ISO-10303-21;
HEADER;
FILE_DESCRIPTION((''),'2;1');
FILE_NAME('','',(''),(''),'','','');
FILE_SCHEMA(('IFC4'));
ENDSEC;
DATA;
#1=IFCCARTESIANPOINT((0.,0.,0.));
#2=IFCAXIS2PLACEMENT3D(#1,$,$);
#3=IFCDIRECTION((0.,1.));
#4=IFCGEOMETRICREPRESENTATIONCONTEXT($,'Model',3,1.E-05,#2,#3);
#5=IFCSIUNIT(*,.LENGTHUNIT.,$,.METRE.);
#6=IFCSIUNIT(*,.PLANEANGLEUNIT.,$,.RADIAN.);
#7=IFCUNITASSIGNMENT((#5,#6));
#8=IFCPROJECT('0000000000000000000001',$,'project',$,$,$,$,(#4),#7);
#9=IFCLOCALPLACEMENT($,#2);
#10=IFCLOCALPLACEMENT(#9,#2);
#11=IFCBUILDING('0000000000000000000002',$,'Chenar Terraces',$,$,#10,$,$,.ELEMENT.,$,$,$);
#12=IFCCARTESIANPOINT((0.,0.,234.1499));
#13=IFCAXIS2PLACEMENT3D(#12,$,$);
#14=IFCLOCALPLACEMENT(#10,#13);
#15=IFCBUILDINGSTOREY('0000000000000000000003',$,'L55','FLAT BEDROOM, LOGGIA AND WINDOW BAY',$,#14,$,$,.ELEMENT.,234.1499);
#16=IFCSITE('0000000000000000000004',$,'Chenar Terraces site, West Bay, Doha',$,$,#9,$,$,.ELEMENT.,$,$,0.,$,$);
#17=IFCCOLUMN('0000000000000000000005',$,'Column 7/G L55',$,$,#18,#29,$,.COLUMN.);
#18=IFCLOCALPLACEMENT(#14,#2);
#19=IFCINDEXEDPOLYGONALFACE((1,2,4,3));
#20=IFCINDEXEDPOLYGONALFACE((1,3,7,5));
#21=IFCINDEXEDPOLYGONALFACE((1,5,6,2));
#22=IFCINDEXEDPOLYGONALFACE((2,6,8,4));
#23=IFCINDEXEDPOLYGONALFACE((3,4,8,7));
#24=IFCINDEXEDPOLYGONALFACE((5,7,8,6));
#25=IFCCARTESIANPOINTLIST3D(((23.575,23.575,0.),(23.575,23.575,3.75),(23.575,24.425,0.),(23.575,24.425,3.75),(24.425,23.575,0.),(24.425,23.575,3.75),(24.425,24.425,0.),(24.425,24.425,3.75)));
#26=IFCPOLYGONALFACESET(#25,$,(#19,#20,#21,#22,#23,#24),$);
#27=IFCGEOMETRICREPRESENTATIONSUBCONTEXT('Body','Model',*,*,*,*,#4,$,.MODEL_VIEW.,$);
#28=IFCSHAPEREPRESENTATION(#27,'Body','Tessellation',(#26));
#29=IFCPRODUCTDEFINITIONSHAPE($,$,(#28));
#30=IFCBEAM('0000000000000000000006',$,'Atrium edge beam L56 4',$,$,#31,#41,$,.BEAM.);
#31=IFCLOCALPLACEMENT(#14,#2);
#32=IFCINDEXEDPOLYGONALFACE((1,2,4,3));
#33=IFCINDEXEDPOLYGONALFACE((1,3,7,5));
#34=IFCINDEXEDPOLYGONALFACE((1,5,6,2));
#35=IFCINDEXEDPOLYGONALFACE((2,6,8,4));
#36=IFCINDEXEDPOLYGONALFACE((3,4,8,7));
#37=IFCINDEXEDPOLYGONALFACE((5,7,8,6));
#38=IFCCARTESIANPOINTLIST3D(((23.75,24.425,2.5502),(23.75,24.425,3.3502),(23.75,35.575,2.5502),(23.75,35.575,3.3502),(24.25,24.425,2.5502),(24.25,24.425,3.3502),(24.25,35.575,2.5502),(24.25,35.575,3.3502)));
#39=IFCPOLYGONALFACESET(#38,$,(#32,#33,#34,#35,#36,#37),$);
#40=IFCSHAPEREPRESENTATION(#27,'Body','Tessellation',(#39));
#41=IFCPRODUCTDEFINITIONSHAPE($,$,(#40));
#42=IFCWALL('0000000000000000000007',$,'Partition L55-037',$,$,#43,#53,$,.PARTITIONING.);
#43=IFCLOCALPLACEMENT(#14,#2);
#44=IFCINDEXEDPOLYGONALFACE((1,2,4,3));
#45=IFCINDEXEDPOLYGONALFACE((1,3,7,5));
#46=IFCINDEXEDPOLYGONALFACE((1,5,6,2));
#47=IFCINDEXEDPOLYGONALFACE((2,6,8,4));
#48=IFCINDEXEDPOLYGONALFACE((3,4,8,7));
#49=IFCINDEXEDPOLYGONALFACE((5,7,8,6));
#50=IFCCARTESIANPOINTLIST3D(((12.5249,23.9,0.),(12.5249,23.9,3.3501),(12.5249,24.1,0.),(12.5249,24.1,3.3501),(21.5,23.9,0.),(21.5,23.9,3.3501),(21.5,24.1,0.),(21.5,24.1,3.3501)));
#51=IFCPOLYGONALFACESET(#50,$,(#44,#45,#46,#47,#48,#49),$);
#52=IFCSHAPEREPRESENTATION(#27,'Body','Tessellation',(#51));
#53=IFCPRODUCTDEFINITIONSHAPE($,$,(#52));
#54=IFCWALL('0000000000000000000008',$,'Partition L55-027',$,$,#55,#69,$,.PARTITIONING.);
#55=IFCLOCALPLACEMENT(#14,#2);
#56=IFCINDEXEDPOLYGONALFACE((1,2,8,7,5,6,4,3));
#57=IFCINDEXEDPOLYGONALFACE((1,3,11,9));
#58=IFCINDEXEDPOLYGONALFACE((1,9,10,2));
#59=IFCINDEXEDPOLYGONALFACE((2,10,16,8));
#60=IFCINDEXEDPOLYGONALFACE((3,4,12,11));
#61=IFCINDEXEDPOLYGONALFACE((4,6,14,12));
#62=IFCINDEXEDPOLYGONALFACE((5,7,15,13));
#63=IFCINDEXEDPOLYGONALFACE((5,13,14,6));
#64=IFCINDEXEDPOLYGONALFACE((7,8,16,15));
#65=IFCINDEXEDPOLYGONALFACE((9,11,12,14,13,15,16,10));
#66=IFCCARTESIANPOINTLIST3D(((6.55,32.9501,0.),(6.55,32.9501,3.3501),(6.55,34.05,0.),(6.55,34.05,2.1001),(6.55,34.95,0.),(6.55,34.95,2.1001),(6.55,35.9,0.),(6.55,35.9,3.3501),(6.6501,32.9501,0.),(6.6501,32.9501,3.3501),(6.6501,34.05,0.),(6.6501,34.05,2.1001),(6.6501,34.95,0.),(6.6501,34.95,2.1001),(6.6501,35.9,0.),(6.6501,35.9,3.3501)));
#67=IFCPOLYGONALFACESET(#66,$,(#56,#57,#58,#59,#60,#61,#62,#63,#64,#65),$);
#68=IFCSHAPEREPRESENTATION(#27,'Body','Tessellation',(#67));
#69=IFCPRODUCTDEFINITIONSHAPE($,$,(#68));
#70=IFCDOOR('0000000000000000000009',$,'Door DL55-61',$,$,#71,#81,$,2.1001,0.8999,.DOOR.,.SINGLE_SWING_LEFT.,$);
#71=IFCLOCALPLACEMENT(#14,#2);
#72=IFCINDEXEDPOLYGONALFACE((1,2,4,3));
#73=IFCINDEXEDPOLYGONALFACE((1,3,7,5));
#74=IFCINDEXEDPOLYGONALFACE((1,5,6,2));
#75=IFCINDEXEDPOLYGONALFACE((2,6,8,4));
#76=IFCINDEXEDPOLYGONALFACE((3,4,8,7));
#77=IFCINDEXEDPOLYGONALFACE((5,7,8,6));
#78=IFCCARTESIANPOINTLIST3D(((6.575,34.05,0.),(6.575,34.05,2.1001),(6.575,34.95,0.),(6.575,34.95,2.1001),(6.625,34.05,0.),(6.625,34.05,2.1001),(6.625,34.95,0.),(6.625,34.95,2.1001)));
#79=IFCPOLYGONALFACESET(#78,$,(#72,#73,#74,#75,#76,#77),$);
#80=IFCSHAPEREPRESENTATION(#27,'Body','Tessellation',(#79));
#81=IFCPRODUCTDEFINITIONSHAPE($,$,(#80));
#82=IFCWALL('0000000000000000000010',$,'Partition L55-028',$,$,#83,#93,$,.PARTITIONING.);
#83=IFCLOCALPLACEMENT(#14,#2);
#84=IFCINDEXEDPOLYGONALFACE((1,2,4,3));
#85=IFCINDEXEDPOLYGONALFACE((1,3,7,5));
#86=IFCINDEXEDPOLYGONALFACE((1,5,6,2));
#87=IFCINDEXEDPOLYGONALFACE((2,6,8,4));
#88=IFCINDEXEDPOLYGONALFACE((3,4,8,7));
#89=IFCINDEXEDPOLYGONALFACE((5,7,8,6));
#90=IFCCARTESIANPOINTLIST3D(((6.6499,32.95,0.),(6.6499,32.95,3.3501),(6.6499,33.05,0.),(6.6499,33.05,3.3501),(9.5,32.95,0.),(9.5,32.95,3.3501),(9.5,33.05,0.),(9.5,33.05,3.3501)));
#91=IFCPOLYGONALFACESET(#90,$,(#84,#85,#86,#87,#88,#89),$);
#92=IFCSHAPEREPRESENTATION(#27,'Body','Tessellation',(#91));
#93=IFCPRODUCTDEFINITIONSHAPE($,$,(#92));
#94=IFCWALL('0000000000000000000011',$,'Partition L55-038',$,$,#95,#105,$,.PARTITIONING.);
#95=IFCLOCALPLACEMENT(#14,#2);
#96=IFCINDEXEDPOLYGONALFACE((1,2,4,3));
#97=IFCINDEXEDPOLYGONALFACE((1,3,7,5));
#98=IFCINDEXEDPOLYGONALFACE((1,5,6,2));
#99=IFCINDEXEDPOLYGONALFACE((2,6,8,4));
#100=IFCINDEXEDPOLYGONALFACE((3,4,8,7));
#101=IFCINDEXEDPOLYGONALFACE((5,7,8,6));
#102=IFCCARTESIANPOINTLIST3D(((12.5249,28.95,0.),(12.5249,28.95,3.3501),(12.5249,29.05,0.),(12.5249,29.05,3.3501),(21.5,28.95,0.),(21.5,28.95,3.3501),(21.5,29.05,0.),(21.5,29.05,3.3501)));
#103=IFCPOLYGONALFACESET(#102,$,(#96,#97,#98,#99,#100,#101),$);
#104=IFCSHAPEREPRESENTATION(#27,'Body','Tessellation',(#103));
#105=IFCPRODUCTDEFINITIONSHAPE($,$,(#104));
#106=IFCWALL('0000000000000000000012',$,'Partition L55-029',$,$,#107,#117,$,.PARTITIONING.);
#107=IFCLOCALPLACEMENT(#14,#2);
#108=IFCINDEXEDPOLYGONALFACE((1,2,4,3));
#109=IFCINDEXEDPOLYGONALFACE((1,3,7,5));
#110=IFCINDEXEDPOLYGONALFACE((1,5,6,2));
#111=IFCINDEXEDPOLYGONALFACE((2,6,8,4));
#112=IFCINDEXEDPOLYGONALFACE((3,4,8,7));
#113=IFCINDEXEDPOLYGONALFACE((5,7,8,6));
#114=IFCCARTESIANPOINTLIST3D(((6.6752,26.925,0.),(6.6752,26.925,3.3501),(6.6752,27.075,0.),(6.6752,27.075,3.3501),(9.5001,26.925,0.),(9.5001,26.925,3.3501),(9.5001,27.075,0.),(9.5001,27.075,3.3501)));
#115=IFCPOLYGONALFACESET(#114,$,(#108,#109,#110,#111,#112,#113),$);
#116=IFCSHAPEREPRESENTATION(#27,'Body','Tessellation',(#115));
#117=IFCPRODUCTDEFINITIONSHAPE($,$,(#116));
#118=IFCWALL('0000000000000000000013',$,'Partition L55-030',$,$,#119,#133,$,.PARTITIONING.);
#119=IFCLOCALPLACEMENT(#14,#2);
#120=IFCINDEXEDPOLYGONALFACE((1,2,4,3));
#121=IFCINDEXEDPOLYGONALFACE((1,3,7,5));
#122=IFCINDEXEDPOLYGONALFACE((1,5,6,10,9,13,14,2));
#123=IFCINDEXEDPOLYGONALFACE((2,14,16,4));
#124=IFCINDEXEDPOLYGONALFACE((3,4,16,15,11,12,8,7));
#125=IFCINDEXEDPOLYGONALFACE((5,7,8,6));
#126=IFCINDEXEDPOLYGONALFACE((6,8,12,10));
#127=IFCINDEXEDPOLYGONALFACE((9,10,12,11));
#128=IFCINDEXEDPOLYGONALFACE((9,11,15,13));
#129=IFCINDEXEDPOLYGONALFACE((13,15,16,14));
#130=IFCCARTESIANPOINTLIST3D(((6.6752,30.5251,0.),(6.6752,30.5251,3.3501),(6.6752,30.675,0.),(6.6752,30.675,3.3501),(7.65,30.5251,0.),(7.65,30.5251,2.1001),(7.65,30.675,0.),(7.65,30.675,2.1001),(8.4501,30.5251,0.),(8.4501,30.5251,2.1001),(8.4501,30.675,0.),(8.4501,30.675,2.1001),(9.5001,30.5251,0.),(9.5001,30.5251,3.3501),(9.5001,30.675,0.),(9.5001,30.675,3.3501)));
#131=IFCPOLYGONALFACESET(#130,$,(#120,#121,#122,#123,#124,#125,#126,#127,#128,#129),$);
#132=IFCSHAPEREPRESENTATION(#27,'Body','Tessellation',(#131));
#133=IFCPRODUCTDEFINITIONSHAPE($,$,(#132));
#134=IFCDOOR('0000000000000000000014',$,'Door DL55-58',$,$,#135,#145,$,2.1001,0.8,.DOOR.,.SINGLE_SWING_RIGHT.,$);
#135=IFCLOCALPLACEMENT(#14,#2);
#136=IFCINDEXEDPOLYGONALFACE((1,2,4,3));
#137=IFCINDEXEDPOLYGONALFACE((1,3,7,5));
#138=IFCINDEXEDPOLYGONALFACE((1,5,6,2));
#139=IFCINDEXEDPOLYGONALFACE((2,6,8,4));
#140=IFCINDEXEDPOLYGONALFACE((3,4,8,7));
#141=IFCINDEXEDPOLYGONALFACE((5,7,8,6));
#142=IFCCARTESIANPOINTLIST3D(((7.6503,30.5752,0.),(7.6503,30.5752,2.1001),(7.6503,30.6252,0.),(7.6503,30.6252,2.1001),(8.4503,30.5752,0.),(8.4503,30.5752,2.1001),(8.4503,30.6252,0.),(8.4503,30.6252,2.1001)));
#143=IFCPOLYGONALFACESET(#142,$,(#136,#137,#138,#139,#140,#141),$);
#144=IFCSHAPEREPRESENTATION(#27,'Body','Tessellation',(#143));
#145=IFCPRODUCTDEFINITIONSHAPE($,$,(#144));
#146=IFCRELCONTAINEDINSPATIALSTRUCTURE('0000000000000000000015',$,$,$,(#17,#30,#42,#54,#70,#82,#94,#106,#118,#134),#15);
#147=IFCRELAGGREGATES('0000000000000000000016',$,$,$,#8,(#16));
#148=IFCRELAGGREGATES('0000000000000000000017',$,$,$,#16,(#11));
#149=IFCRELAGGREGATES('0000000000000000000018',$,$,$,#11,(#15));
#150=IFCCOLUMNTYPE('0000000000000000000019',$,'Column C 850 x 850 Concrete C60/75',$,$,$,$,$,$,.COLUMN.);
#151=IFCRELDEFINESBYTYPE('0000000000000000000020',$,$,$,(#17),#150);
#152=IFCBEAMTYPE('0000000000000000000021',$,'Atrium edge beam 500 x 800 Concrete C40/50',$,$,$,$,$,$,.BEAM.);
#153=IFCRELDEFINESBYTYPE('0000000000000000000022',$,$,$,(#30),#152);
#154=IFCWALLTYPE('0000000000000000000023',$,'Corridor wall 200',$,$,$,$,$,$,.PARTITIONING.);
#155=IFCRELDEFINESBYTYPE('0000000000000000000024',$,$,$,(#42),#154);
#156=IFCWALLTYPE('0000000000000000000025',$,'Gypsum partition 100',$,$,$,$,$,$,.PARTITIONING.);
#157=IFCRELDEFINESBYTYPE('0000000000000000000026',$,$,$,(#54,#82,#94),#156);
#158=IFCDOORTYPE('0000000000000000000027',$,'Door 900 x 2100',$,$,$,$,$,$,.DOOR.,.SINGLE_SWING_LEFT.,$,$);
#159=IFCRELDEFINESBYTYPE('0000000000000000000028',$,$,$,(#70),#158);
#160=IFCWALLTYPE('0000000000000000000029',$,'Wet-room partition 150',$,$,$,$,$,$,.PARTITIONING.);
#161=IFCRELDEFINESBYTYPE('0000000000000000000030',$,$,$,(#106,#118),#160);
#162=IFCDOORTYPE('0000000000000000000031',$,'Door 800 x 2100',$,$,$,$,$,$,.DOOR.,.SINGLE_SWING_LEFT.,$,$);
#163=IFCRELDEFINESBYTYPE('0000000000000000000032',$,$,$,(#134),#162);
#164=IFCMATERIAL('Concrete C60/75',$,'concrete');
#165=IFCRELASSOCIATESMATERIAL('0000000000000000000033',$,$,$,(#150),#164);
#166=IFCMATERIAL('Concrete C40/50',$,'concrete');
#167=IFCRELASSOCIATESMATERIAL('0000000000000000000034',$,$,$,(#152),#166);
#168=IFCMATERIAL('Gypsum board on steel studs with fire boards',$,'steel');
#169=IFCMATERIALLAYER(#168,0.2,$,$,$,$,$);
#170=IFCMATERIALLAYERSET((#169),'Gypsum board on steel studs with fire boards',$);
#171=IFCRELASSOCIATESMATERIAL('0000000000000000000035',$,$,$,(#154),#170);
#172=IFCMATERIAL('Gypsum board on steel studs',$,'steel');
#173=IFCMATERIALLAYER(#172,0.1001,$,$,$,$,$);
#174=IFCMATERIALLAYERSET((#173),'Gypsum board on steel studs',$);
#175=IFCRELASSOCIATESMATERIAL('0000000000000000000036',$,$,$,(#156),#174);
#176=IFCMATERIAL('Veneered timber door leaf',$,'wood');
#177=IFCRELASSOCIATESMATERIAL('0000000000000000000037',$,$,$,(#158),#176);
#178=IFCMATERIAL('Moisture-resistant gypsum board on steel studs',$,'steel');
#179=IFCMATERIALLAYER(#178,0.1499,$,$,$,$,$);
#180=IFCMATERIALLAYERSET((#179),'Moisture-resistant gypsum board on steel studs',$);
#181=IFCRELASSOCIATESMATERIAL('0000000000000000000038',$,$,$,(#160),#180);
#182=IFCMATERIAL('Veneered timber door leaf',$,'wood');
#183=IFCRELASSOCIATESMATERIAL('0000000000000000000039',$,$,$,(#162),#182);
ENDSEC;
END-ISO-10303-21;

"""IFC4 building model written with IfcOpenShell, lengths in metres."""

from ifc_helpers import new_model, si_unit, direction, frame, frame_2d, origin, origin_2d, place, context, subcontext, project, spatial, rectangle, extrude, material, layer, layer_set, material_profile, profile_set, type_object, element, fill, save


model = new_model("IFC4")

# Units and contexts
model_context = context("Model", 3, precision=1e-05, world=origin(), true_north=direction((0.0, 1.0)))
body_context = subcontext(model_context, "Body", "Model", "MODEL_VIEW")
ifc_project = project(units=[si_unit("LENGTHUNIT", "METRE"), si_unit("PLANEANGLEUNIT", "RADIAN")], contexts=[model_context])

# Site, building, storey
site_placement = place(None, origin())
site = spatial("IfcSite", under=ifc_project, at=site_placement, Name="Chenar Terraces site, West Bay, Doha", CompositionType="ELEMENT", RefElevation=0.0)
building_placement = place(site_placement, origin())
building = spatial("IfcBuilding", under=site, at=building_placement, Name="Chenar Terraces", CompositionType="ELEMENT")
storey_placement = place(building_placement, frame((0.0, 0.0, 234.1499)))
storey = spatial("IfcBuildingStorey", under=building, at=storey_placement, Name="L55", Description="FLAT BEDROOM, LOGGIA AND WINDOW BAY", CompositionType="ELEMENT", Elevation=234.1499)

# Column
ifc_material_1 = material(Name="Concrete C60/75", Category="concrete")
ifc_material_profile_1 = material_profile(ifc_material_1, rectangle(XDim=0.8501, YDim=0.8501, at=origin_2d()), Name="C 850 x 850")
ifc_profile_set_1 = profile_set([ifc_material_profile_1], Name="Concrete C60/75")
column_type = type_object("IfcColumnType", Name="Column C 850 x 850 Concrete C60/75", PredefinedType="COLUMN", material=ifc_profile_set_1)
column_placement = place(storey_placement, frame((24.0, 24.0, 0.0), z_axis=(0.0, 0.0, 1.0), x_axis=(1.0, 0.0, 0.0)))
element("IfcColumn", 1, at=column_placement, inside=storey, type_object=column_type, Name="Column 7/G L55", PredefinedType="COLUMN", context=body_context, shape_type="SweptSolid", body=[
    extrude(rectangle(XDim=0.8501, YDim=0.8501, at=origin_2d()), origin(), (0.0, 0.0, 1.0), 3.75),
])

# Beam
ifc_material_2 = material(Name="Concrete C40/50", Category="concrete")
ifc_material_profile_2 = material_profile(ifc_material_2, rectangle(XDim=0.5, YDim=0.8, at=origin_2d()), Name="RC 500 x 800")
ifc_profile_set_2 = profile_set([ifc_material_profile_2], Name="Concrete C40/50")
beam_type = type_object("IfcBeamType", Name="Atrium edge beam 500 x 800 Concrete C40/50", PredefinedType="BEAM", material=ifc_profile_set_2)
beam_placement = place(storey_placement, frame((24.0, 35.575, 2.9502), z_axis=(0.0, -1.0, 0.0), x_axis=(1.0, 0.0, 0.0)))
element("IfcBeam", 2, at=beam_placement, inside=storey, type_object=beam_type, Name="Atrium edge beam L56 4", PredefinedType="BEAM", context=body_context, shape_type="SweptSolid", body=[
    extrude(rectangle(XDim=0.5, YDim=0.8, at=origin_2d()), origin(), (0.0, 0.0, 1.0), 11.1499),
])

# Wall
ifc_material_3 = material(Name="Gypsum board on steel studs with fire boards", Category="steel")
ifc_layer_1 = layer(ifc_material_3, 0.2)
ifc_layer_set_1 = layer_set([ifc_layer_1], Name="Gypsum board on steel studs with fire boards")
wall_type_1 = type_object("IfcWallType", Name="Corridor wall 200", PredefinedType="PARTITIONING", material=ifc_layer_set_1)
wall_1_placement = place(storey_placement, frame((12.5249, 24.0, 0.0), z_axis=(0.0, 0.0, 1.0), x_axis=(1.0, 0.0, 0.0)))
element("IfcWall", 3, at=wall_1_placement, inside=storey, type_object=wall_type_1, Name="Partition L55-037", PredefinedType="PARTITIONING", context=body_context, shape_type="SweptSolid", body=[
    extrude(rectangle(XDim=8.9751, YDim=0.2, at=frame_2d((4.4875, 0.0))), origin(), (0.0, 0.0, 1.0), 3.3501),
])

# Wall, opening, door
ifc_material_4 = material(Name="Gypsum board on steel studs", Category="steel")
ifc_layer_2 = layer(ifc_material_4, 0.1001)
ifc_layer_set_2 = layer_set([ifc_layer_2], Name="Gypsum board on steel studs")
wall_type_2 = type_object("IfcWallType", Name="Gypsum partition 100", PredefinedType="PARTITIONING", material=ifc_layer_set_2)
wall_2_placement = place(storey_placement, frame((6.6001, 32.95, 0.0), z_axis=(0.0, 0.0, 1.0), x_axis=(0.0, 1.0, 0.0)))
wall_2 = element("IfcWall", 4, at=wall_2_placement, inside=storey, type_object=wall_type_2, Name="Partition L55-027", PredefinedType="PARTITIONING", context=body_context, shape_type="SweptSolid", body=[
    extrude(rectangle(XDim=2.95, YDim=0.1001, at=frame_2d((1.4751, 0.0))), origin(), (0.0, 0.0, 1.0), 3.3501),
])
opening_1_placement = place(wall_2_placement, frame((1.1001, 0.0, 0.0)))
opening_1 = element("IfcOpeningElement", 5, at=opening_1_placement, cuts=wall_2, PredefinedType="OPENING", context=body_context, shape_type="SweptSolid", body=[
    extrude(rectangle(XDim=0.8999, YDim=2.1001, at=frame_2d((0.45, 1.05))), frame((0.0, 0.0601, 0.0), z_axis=(0.0, -1.0, 0.0), x_axis=(1.0, 0.0, 0.0)), (0.0, 0.0, 1.0), 0.1201),
])
ifc_material_5 = material(Name="Veneered timber door leaf", Category="wood")
door_type_1 = type_object("IfcDoorType", Name="Door 900 x 2100", OperationType="SINGLE_SWING_LEFT", PredefinedType="DOOR", material=ifc_material_5)
door_1_placement = place(opening_1_placement, frame((0.8999, 0.0, 0.0), z_axis=(0.0, 0.0, 1.0), x_axis=(-1.0, 0.0, 0.0)))
door_1 = element("IfcDoor", 6, at=door_1_placement, inside=storey, type_object=door_type_1, Name="Door DL55-61", OperationType="SINGLE_SWING_LEFT", OverallHeight=2.1001, OverallWidth=0.8999, PredefinedType="DOOR", context=body_context, shape_type="SweptSolid", body=[
    extrude(rectangle(XDim=0.8999, YDim=2.1001, at=frame_2d((0.45, 1.05))), frame((0.0, 0.0249, 0.0), z_axis=(0.0, -1.0, 0.0), x_axis=(1.0, 0.0, 0.0)), (0.0, 0.0, 1.0), 0.05),
])
fill(opening_1, door_1)

# Walls
wall_3_placement = place(storey_placement, frame((6.6499, 33.0, 0.0), z_axis=(0.0, 0.0, 1.0), x_axis=(1.0, 0.0, 0.0)))
element("IfcWall", 7, at=wall_3_placement, inside=storey, type_object=wall_type_2, Name="Partition L55-028", PredefinedType="PARTITIONING", context=body_context, shape_type="SweptSolid", body=[
    extrude(rectangle(XDim=2.8501, YDim=0.1001, at=frame_2d((1.425, 0.0))), origin(), (0.0, 0.0, 1.0), 3.3501),
])
wall_4_placement = place(storey_placement, frame((12.5249, 29.0, 0.0), z_axis=(0.0, 0.0, 1.0), x_axis=(1.0, 0.0, 0.0)))
element("IfcWall", 8, at=wall_4_placement, inside=storey, type_object=wall_type_2, Name="Partition L55-038", PredefinedType="PARTITIONING", context=body_context, shape_type="SweptSolid", body=[
    extrude(rectangle(XDim=8.9751, YDim=0.1001, at=frame_2d((4.4875, 0.0))), origin(), (0.0, 0.0, 1.0), 3.3501),
])
ifc_material_6 = material(Name="Moisture-resistant gypsum board on steel studs", Category="steel")
ifc_layer_3 = layer(ifc_material_6, 0.1499)
ifc_layer_set_3 = layer_set([ifc_layer_3], Name="Moisture-resistant gypsum board on steel studs")
wall_type_3 = type_object("IfcWallType", Name="Wet-room partition 150", PredefinedType="PARTITIONING", material=ifc_layer_set_3)
wall_5_placement = place(storey_placement, frame((6.675, 27.0, 0.0), z_axis=(0.0, 0.0, 1.0), x_axis=(1.0, 0.0, 0.0)))
element("IfcWall", 9, at=wall_5_placement, inside=storey, type_object=wall_type_3, Name="Partition L55-029", PredefinedType="PARTITIONING", context=body_context, shape_type="SweptSolid", body=[
    extrude(rectangle(XDim=2.825, YDim=0.1499, at=frame_2d((1.4126, 0.0))), origin(), (0.0, 0.0, 1.0), 3.3501),
])

# Wall, opening, door
wall_6_placement = place(storey_placement, frame((6.675, 30.6001, 0.0), z_axis=(0.0, 0.0, 1.0), x_axis=(1.0, 0.0, 0.0)))
wall_6 = element("IfcWall", 10, at=wall_6_placement, inside=storey, type_object=wall_type_3, Name="Partition L55-030", PredefinedType="PARTITIONING", context=body_context, shape_type="SweptSolid", body=[
    extrude(rectangle(XDim=2.825, YDim=0.1499, at=frame_2d((1.4126, 0.0))), origin(), (0.0, 0.0, 1.0), 3.3501),
])
opening_2_placement = place(wall_6_placement, frame((0.9751, 0.0, 0.0)))
opening_2 = element("IfcOpeningElement", 11, at=opening_2_placement, cuts=wall_6, PredefinedType="OPENING", context=body_context, shape_type="SweptSolid", body=[
    extrude(rectangle(XDim=0.8, YDim=2.1001, at=frame_2d((0.3999, 1.05))), frame((0.0, 0.085, 0.0), z_axis=(0.0, -1.0, 0.0), x_axis=(1.0, 0.0, 0.0)), (0.0, 0.0, 1.0), 0.1699),
])
ifc_material_7 = material(Name="Veneered timber door leaf", Category="wood")
door_type_2 = type_object("IfcDoorType", Name="Door 800 x 2100", OperationType="SINGLE_SWING_LEFT", PredefinedType="DOOR", material=ifc_material_7)
door_2_placement = place(opening_2_placement, frame((0.8, 0.0, 0.0), z_axis=(0.0, 0.0, 1.0), x_axis=(-1.0, 0.0, 0.0)))
door_2 = element("IfcDoor", 12, at=door_2_placement, inside=storey, type_object=door_type_2, Name="Door DL55-58", OperationType="SINGLE_SWING_RIGHT", OverallHeight=2.1001, OverallWidth=0.8, PredefinedType="DOOR", context=body_context, shape_type="SweptSolid", body=[
    extrude(rectangle(XDim=0.8, YDim=2.1001, at=frame_2d((0.3999, 1.05))), frame((0.0, 0.0249, 0.0), z_axis=(0.0, -1.0, 0.0), x_axis=(1.0, 0.0, 0.0)), (0.0, 0.0, 1.0), 0.05),
])
fill(opening_2, door_2)

save(model, "model.ifc")
